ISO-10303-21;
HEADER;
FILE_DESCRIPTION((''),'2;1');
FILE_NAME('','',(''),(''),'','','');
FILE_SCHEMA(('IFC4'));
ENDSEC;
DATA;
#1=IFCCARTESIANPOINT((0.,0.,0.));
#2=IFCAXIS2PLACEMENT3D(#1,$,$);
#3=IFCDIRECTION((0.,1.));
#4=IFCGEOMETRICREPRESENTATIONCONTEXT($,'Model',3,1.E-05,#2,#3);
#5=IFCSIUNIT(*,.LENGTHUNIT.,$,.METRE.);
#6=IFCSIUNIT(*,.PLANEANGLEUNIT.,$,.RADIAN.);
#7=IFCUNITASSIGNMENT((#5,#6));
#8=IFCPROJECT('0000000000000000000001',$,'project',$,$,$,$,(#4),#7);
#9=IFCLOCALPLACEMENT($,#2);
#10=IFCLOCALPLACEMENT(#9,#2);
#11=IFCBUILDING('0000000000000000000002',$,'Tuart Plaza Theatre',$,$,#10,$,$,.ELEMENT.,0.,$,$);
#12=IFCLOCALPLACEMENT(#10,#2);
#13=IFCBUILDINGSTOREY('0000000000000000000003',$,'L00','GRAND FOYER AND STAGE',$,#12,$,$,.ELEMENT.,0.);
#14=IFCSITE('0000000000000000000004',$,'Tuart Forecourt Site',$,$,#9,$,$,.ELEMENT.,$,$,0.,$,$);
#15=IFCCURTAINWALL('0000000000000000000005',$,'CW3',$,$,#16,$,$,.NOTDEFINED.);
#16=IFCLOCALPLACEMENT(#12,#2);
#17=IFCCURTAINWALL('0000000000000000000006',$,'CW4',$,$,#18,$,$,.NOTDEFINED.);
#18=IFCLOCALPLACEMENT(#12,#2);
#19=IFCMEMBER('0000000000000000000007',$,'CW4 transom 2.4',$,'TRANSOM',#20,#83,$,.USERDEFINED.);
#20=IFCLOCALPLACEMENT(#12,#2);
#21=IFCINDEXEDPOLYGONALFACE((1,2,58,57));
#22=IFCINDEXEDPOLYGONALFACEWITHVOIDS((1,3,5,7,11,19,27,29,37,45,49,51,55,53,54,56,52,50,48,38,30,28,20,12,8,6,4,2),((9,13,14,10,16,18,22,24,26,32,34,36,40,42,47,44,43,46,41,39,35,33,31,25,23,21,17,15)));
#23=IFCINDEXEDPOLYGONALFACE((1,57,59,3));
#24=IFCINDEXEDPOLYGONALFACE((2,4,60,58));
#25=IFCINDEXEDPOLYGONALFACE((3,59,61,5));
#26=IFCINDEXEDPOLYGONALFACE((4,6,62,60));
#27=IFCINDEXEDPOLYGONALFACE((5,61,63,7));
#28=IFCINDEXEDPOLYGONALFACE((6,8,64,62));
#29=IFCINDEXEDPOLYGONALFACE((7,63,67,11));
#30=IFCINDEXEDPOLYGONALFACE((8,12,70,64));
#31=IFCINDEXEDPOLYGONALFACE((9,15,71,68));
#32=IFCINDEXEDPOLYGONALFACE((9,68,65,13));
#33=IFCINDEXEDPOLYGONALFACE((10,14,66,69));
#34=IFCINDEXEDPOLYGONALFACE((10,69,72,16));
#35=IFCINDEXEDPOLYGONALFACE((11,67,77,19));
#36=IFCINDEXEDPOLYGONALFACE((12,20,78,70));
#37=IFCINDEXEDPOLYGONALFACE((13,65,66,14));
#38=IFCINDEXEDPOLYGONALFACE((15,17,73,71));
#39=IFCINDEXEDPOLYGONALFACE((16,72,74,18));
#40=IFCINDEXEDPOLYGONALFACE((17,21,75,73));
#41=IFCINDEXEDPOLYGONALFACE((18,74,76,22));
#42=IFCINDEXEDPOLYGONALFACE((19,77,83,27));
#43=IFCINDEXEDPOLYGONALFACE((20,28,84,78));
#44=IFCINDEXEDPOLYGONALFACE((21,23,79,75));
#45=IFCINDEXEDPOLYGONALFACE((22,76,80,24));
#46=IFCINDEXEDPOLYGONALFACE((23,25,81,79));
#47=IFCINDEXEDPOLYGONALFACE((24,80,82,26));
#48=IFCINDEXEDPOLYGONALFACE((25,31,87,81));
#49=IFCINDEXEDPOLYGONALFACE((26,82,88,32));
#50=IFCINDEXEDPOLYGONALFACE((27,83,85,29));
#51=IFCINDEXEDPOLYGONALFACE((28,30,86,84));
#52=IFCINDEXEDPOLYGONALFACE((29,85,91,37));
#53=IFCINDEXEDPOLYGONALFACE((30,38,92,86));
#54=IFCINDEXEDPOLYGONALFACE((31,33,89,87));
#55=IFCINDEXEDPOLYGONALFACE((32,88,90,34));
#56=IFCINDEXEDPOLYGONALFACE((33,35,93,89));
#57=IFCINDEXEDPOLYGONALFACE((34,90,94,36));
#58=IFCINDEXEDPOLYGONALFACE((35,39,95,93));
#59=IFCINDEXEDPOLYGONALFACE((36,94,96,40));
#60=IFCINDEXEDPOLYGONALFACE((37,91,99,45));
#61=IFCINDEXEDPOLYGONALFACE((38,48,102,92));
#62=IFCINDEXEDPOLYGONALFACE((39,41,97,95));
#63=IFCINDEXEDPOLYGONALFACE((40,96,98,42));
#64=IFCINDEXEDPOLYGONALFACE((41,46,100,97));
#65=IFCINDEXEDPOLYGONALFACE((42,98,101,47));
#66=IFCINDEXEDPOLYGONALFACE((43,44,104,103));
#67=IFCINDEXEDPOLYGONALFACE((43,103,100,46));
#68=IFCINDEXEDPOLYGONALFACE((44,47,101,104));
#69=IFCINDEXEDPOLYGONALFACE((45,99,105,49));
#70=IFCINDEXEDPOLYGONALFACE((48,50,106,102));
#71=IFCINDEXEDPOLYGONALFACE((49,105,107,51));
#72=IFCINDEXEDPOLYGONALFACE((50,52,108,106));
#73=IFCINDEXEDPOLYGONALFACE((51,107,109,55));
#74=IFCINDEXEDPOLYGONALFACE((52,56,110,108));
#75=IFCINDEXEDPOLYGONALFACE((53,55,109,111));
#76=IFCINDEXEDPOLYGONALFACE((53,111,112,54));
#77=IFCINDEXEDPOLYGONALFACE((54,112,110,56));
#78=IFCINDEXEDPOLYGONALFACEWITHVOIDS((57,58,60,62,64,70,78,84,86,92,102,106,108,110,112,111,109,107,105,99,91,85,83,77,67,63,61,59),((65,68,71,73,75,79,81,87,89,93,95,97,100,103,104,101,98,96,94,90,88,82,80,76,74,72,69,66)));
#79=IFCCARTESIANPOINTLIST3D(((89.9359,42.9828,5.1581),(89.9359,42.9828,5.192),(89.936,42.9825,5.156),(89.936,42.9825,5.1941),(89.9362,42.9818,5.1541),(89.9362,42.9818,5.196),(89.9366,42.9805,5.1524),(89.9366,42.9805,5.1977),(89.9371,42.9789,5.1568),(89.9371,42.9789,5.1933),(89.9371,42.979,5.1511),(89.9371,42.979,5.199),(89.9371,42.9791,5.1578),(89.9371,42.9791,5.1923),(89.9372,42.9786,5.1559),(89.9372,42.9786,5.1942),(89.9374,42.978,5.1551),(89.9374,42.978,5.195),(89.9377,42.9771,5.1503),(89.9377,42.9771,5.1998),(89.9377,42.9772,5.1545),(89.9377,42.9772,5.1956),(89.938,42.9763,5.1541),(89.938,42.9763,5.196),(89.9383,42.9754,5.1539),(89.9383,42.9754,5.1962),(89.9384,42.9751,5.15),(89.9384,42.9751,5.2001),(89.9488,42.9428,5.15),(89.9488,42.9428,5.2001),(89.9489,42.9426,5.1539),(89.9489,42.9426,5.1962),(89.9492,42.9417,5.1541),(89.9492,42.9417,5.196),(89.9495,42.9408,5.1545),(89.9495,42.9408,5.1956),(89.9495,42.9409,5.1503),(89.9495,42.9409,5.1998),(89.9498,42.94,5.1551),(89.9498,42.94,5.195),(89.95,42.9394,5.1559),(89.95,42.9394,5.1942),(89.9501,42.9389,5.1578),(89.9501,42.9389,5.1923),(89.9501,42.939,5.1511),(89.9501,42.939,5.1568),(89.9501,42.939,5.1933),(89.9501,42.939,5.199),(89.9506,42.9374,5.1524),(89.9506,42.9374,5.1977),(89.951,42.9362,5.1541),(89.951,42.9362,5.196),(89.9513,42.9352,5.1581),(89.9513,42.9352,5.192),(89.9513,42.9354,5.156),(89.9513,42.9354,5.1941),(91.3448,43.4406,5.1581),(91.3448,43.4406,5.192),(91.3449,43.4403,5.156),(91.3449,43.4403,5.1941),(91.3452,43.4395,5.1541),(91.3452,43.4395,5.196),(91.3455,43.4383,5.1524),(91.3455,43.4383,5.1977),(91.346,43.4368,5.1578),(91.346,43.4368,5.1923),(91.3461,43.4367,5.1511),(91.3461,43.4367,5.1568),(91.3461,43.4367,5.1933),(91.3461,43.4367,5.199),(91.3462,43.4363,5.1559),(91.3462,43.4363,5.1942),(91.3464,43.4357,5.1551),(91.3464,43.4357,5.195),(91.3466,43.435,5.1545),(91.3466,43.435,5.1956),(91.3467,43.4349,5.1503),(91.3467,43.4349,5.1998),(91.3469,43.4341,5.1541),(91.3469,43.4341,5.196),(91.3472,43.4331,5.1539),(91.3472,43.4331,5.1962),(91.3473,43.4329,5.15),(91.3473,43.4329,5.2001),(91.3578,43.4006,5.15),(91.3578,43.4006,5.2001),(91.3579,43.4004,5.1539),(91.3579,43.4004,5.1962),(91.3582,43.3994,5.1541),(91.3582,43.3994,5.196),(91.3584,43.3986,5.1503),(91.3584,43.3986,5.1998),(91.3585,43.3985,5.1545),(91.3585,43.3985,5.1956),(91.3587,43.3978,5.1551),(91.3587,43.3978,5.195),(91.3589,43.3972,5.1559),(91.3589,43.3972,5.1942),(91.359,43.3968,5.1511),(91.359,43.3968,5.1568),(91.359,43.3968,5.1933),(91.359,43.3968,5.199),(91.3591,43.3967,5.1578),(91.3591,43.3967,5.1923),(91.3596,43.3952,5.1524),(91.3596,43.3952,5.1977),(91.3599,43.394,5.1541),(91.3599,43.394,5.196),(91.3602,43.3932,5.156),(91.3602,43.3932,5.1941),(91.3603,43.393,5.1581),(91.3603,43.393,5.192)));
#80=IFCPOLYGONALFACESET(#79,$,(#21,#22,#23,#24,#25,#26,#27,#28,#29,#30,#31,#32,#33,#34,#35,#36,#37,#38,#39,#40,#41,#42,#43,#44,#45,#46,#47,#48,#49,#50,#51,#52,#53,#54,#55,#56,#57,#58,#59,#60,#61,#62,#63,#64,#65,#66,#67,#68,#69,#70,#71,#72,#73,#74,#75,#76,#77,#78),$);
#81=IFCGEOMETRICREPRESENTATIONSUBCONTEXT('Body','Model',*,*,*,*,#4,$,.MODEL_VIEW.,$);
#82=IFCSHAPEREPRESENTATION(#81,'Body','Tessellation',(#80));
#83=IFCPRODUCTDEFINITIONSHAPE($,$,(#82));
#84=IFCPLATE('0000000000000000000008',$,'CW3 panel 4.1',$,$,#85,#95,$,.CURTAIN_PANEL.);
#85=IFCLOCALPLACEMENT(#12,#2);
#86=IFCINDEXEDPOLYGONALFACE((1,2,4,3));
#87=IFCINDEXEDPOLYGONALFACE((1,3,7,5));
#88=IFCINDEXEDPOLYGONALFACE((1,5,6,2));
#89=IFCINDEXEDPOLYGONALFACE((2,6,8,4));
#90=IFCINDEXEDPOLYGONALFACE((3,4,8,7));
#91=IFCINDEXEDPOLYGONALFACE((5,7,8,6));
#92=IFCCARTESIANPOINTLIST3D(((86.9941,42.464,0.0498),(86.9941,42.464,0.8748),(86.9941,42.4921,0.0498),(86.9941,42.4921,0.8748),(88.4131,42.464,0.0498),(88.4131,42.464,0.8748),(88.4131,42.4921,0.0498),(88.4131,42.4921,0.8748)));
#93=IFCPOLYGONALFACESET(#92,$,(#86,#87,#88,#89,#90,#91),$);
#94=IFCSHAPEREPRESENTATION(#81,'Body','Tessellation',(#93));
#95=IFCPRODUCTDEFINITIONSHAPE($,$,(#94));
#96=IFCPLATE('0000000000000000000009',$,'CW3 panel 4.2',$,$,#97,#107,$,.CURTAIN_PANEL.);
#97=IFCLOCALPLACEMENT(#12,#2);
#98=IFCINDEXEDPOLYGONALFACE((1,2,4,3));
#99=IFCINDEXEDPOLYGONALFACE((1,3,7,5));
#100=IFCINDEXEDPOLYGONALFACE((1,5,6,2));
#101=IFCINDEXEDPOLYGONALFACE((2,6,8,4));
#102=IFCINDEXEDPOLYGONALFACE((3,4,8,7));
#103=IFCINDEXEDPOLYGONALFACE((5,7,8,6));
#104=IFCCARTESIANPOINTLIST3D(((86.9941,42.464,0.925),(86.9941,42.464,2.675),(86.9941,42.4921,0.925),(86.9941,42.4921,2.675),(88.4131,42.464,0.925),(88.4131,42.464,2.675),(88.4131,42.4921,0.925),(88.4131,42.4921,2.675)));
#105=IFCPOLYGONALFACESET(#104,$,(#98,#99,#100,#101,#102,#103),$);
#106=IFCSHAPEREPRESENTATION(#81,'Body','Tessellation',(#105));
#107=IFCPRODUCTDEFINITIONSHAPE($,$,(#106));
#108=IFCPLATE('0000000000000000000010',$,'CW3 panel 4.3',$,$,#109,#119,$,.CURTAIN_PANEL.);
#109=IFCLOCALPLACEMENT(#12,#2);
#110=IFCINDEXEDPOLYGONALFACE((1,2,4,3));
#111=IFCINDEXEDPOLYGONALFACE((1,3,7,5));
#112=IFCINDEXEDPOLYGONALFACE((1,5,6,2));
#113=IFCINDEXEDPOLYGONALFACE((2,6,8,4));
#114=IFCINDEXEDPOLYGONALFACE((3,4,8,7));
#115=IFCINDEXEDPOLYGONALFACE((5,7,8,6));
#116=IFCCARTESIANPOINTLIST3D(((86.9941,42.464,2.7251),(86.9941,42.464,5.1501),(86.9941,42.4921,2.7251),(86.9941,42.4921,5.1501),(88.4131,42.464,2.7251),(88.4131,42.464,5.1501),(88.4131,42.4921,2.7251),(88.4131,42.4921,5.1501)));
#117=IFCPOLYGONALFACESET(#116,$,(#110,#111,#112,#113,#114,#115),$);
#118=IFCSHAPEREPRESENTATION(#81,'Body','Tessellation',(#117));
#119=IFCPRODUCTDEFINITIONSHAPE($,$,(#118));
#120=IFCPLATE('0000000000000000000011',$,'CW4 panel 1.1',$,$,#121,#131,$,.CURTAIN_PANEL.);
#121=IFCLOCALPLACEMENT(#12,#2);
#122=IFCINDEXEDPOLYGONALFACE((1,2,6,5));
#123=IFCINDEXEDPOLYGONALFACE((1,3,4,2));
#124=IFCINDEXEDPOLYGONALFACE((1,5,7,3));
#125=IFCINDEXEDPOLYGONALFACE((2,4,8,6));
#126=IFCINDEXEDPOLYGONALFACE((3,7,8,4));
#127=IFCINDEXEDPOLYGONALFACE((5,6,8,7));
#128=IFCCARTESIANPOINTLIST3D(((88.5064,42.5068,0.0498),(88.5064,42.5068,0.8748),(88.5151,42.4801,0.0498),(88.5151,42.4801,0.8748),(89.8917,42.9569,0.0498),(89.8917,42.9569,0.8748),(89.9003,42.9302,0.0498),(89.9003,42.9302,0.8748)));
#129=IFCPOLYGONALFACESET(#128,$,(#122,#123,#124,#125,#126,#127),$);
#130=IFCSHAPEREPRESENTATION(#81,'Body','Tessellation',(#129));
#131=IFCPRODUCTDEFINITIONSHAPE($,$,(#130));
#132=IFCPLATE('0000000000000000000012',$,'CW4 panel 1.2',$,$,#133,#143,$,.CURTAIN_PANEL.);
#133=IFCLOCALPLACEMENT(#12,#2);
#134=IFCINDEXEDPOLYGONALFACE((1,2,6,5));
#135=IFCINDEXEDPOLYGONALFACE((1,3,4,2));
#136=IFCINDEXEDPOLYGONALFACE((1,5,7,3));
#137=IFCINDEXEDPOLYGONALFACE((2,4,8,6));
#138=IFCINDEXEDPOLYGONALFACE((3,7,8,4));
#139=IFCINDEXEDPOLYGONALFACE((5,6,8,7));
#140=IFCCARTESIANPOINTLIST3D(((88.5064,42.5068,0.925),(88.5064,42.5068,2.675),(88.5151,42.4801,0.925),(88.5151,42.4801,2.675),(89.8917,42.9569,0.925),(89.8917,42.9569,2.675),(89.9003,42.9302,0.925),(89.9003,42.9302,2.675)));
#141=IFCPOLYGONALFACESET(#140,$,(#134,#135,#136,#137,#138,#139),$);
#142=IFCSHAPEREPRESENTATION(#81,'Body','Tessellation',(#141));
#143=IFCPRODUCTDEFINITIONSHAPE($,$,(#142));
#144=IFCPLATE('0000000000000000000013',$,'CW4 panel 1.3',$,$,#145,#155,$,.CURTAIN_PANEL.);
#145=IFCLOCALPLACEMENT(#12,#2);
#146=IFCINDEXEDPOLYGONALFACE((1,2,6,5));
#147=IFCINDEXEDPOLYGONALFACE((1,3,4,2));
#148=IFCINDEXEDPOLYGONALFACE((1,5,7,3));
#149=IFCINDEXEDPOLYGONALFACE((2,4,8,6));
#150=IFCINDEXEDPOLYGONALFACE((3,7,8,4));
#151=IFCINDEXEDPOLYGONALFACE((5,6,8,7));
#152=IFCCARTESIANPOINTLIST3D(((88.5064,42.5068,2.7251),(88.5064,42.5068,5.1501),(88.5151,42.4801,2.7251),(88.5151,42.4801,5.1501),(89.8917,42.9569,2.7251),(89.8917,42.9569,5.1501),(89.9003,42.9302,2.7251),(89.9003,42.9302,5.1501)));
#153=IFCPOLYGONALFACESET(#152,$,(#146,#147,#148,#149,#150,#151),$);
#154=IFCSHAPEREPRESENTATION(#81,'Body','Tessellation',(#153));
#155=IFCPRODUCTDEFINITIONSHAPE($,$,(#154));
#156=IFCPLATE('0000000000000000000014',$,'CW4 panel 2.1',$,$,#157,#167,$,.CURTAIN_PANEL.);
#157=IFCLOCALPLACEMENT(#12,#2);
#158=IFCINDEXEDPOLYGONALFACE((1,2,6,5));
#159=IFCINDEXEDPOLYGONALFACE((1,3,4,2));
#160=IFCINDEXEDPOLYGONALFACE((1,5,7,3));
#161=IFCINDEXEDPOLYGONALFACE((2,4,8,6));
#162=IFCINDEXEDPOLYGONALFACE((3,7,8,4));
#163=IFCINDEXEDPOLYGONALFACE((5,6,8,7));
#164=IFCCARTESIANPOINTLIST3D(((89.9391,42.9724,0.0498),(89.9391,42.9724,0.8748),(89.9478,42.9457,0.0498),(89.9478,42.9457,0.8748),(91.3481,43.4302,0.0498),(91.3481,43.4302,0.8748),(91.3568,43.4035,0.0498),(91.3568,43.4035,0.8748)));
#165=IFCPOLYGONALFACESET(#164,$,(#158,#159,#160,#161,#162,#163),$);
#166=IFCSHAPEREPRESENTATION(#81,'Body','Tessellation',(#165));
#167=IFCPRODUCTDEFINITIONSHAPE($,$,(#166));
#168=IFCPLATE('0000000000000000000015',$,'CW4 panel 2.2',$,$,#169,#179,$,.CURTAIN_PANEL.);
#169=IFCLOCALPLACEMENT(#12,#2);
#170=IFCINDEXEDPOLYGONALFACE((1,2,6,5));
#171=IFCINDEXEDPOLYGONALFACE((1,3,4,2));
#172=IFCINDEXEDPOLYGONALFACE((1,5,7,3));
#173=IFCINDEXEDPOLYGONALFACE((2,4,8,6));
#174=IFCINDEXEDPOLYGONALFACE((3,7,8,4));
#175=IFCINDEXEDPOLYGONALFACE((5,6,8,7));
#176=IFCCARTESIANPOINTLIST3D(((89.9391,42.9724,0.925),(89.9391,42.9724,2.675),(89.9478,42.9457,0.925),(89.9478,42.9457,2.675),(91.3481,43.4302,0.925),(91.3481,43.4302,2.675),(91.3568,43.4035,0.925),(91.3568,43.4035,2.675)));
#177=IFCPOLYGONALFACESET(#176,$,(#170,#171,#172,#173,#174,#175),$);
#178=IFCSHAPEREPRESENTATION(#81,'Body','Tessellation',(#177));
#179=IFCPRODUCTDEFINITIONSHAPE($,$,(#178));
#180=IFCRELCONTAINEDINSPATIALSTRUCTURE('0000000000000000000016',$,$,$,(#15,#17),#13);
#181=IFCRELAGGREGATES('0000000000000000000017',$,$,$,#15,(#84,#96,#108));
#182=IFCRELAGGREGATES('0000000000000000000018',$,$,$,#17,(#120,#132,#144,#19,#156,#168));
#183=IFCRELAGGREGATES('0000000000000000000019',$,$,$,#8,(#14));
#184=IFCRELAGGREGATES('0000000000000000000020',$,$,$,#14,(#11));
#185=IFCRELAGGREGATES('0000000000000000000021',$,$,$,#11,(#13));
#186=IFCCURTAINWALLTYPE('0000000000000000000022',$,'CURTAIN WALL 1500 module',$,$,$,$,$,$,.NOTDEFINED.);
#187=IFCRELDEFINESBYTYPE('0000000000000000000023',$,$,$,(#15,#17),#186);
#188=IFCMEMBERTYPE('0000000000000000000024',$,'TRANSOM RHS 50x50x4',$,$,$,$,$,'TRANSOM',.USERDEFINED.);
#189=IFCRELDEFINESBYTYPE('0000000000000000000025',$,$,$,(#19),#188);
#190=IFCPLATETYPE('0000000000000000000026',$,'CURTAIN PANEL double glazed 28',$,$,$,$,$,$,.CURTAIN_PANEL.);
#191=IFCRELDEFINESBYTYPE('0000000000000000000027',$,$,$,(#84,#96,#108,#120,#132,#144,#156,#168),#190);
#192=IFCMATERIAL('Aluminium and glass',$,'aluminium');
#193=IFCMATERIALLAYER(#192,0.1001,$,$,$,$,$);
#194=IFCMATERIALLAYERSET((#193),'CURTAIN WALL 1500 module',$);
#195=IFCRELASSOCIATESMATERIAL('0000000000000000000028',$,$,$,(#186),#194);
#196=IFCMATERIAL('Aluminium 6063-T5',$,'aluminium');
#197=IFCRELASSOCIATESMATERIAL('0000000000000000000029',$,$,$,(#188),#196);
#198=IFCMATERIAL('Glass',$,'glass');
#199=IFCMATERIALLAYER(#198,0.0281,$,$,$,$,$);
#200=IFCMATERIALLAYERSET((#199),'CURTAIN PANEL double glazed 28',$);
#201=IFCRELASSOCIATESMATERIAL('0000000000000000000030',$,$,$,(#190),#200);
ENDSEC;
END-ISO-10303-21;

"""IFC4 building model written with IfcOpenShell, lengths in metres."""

from ifc_helpers import new_model, si_unit, direction, frame, origin, origin_2d, place, context, subcontext, project, spatial, rectangle, hollow_rectangle, extrude, material, layer, layer_set, material_profile, profile_set, type_object, element, aggregate, save


model = new_model("IFC4")

# Units and contexts
model_context = context("Model", 3, precision=1e-05, world=origin(), true_north=direction((0.0, 1.0)))
body_context = subcontext(model_context, "Body", "Model", "MODEL_VIEW")
ifc_project = project(units=[si_unit("LENGTHUNIT", "METRE"), si_unit("PLANEANGLEUNIT", "RADIAN")], contexts=[model_context])

# Site, building, storey
site_placement = place(None, origin())
site = spatial("IfcSite", under=ifc_project, at=site_placement, Name="Tuart Forecourt Site", CompositionType="ELEMENT", RefElevation=0.0)
building_placement = place(site_placement, origin())
building = spatial("IfcBuilding", under=site, at=building_placement, Name="Tuart Plaza Theatre", CompositionType="ELEMENT", ElevationOfRefHeight=0.0)
storey_placement = place(building_placement, origin())
storey = spatial("IfcBuildingStorey", under=building, at=storey_placement, Name="L00", Description="GRAND FOYER AND STAGE", CompositionType="ELEMENT", Elevation=0.0)

# Curtain wall
ifc_material_1 = material(Name="Aluminium and glass", Category="aluminium")
ifc_layer_1 = layer(ifc_material_1, 0.1001)
ifc_layer_set_1 = layer_set([ifc_layer_1], Name="CURTAIN WALL 1500 module")
curtain_wall_type = type_object("IfcCurtainWallType", Name="CURTAIN WALL 1500 module", PredefinedType="NOTDEFINED", material=ifc_layer_set_1)
curtain_wall_1_placement = place(storey_placement, origin())
curtain_wall_1 = element("IfcCurtainWall", 1, at=curtain_wall_1_placement, inside=storey, type_object=curtain_wall_type, Name="CW3", PredefinedType="NOTDEFINED")

# Curtain wall
curtain_wall_2_placement = place(storey_placement, origin())
curtain_wall_2 = element("IfcCurtainWall", 2, at=curtain_wall_2_placement, inside=storey, type_object=curtain_wall_type, Name="CW4", PredefinedType="NOTDEFINED")

# Member
ifc_material_2 = material(Name="Aluminium 6063-T5", Category="aluminium")
ifc_material_profile_1 = material_profile(ifc_material_2, hollow_rectangle(XDim=0.05, YDim=0.05, WallThickness=0.0039, InnerFilletRadius=0.0039, OuterFilletRadius=0.0081, at=origin_2d()), Name="RHS 50x50x4")
ifc_profile_set_1 = profile_set([ifc_material_profile_1], Name="Aluminium 6063-T5")
member_type_1 = type_object("IfcMemberType", Name="TRANSOM RHS 50x50x4", ElementType="TRANSOM", PredefinedType="USERDEFINED", material=ifc_profile_set_1)
member_1_placement = place(storey_placement, frame((89.9436, 42.959, 5.175), z_axis=(0.951062, 0.309, 0.0), x_axis=(-0.309, 0.951062, 0.0)))
member_1 = element("IfcMember", 3, at=member_1_placement, type_object=member_type_1, Name="CW4 transom 2.4", ObjectType="TRANSOM", PredefinedType="USERDEFINED", context=body_context, shape_type="SweptSolid", body=[
    extrude(hollow_rectangle(XDim=0.05, YDim=0.05, WallThickness=0.0039, InnerFilletRadius=0.0039, OuterFilletRadius=0.0081, at=origin_2d()), origin(), (0.0, 0.0, 1.0), 1.4814),
])

# Plates
ifc_material_3 = material(Name="Glass", Category="glass")
ifc_layer_2 = layer(ifc_material_3, 0.0281)
ifc_layer_set_2 = layer_set([ifc_layer_2], Name="CURTAIN PANEL double glazed 28")
plate_type = type_object("IfcPlateType", Name="CURTAIN PANEL double glazed 28", PredefinedType="CURTAIN_PANEL", material=ifc_layer_set_2)
plate_1_placement = place(storey_placement, frame((87.7036, 42.478, 0.0498), z_axis=(0.0, 0.0, 1.0), x_axis=(1.0, 0.0, 0.0)))
plate_1 = element("IfcPlate", 4, at=plate_1_placement, type_object=plate_type, Name="CW3 panel 4.1", PredefinedType="CURTAIN_PANEL", context=body_context, shape_type="SweptSolid", body=[
    extrude(rectangle(XDim=1.4189, YDim=0.0281, at=origin_2d()), origin(), (0.0, 0.0, 1.0), 0.825),
])
plate_2_placement = place(storey_placement, frame((87.7036, 42.478, 0.925), z_axis=(0.0, 0.0, 1.0), x_axis=(1.0, 0.0, 0.0)))
plate_2 = element("IfcPlate", 5, at=plate_2_placement, type_object=plate_type, Name="CW3 panel 4.2", PredefinedType="CURTAIN_PANEL", context=body_context, shape_type="SweptSolid", body=[
    extrude(rectangle(XDim=1.4189, YDim=0.0281, at=origin_2d()), origin(), (0.0, 0.0, 1.0), 1.75),
])
plate_3_placement = place(storey_placement, frame((87.7036, 42.478, 2.7251), z_axis=(0.0, 0.0, 1.0), x_axis=(1.0, 0.0, 0.0)))
plate_3 = element("IfcPlate", 6, at=plate_3_placement, type_object=plate_type, Name="CW3 panel 4.3", PredefinedType="CURTAIN_PANEL", context=body_context, shape_type="SweptSolid", body=[
    extrude(rectangle(XDim=1.4189, YDim=0.0281, at=origin_2d()), origin(), (0.0, 0.0, 1.0), 2.425),
])
aggregate(curtain_wall_1, [plate_1, plate_2, plate_3])
plate_4_placement = place(storey_placement, frame((89.2034, 42.7185, 0.0498), z_axis=(0.0, 0.0, 1.0), x_axis=(0.951056, 0.309018, 0.0)))
plate_4 = element("IfcPlate", 7, at=plate_4_placement, type_object=plate_type, Name="CW4 panel 1.1", PredefinedType="CURTAIN_PANEL", context=body_context, shape_type="SweptSolid", body=[
    extrude(rectangle(XDim=1.4565, YDim=0.0281, at=origin_2d()), origin(), (0.0, 0.0, 1.0), 0.825),
])
plate_5_placement = place(storey_placement, frame((89.2034, 42.7185, 0.925), z_axis=(0.0, 0.0, 1.0), x_axis=(0.951056, 0.309018, 0.0)))
plate_5 = element("IfcPlate", 8, at=plate_5_placement, type_object=plate_type, Name="CW4 panel 1.2", PredefinedType="CURTAIN_PANEL", context=body_context, shape_type="SweptSolid", body=[
    extrude(rectangle(XDim=1.4565, YDim=0.0281, at=origin_2d()), origin(), (0.0, 0.0, 1.0), 1.75),
])
plate_6_placement = place(storey_placement, frame((89.2034, 42.7185, 2.7251), z_axis=(0.0, 0.0, 1.0), x_axis=(0.951056, 0.309018, 0.0)))
plate_6 = element("IfcPlate", 9, at=plate_6_placement, type_object=plate_type, Name="CW4 panel 1.3", PredefinedType="CURTAIN_PANEL", context=body_context, shape_type="SweptSolid", body=[
    extrude(rectangle(XDim=1.4565, YDim=0.0281, at=origin_2d()), origin(), (0.0, 0.0, 1.0), 2.425),
])
plate_7_placement = place(storey_placement, frame((90.6479, 43.188, 0.0498), z_axis=(0.0, 0.0, 1.0), x_axis=(0.951056, 0.309018, 0.0)))
plate_7 = element("IfcPlate", 10, at=plate_7_placement, type_object=plate_type, Name="CW4 panel 2.1", PredefinedType="CURTAIN_PANEL", context=body_context, shape_type="SweptSolid", body=[
    extrude(rectangle(XDim=1.4814, YDim=0.0281, at=origin_2d()), origin(), (0.0, 0.0, 1.0), 0.825),
])
plate_8_placement = place(storey_placement, frame((90.6479, 43.188, 0.925), z_axis=(0.0, 0.0, 1.0), x_axis=(0.951056, 0.309018, 0.0)))
plate_8 = element("IfcPlate", 11, at=plate_8_placement, type_object=plate_type, Name="CW4 panel 2.2", PredefinedType="CURTAIN_PANEL", context=body_context, shape_type="SweptSolid", body=[
    extrude(rectangle(XDim=1.4814, YDim=0.0281, at=origin_2d()), origin(), (0.0, 0.0, 1.0), 1.75),
])
aggregate(curtain_wall_2, [plate_4, plate_5, plate_6, member_1, plate_7, plate_8])

save(model, "model.ifc")
